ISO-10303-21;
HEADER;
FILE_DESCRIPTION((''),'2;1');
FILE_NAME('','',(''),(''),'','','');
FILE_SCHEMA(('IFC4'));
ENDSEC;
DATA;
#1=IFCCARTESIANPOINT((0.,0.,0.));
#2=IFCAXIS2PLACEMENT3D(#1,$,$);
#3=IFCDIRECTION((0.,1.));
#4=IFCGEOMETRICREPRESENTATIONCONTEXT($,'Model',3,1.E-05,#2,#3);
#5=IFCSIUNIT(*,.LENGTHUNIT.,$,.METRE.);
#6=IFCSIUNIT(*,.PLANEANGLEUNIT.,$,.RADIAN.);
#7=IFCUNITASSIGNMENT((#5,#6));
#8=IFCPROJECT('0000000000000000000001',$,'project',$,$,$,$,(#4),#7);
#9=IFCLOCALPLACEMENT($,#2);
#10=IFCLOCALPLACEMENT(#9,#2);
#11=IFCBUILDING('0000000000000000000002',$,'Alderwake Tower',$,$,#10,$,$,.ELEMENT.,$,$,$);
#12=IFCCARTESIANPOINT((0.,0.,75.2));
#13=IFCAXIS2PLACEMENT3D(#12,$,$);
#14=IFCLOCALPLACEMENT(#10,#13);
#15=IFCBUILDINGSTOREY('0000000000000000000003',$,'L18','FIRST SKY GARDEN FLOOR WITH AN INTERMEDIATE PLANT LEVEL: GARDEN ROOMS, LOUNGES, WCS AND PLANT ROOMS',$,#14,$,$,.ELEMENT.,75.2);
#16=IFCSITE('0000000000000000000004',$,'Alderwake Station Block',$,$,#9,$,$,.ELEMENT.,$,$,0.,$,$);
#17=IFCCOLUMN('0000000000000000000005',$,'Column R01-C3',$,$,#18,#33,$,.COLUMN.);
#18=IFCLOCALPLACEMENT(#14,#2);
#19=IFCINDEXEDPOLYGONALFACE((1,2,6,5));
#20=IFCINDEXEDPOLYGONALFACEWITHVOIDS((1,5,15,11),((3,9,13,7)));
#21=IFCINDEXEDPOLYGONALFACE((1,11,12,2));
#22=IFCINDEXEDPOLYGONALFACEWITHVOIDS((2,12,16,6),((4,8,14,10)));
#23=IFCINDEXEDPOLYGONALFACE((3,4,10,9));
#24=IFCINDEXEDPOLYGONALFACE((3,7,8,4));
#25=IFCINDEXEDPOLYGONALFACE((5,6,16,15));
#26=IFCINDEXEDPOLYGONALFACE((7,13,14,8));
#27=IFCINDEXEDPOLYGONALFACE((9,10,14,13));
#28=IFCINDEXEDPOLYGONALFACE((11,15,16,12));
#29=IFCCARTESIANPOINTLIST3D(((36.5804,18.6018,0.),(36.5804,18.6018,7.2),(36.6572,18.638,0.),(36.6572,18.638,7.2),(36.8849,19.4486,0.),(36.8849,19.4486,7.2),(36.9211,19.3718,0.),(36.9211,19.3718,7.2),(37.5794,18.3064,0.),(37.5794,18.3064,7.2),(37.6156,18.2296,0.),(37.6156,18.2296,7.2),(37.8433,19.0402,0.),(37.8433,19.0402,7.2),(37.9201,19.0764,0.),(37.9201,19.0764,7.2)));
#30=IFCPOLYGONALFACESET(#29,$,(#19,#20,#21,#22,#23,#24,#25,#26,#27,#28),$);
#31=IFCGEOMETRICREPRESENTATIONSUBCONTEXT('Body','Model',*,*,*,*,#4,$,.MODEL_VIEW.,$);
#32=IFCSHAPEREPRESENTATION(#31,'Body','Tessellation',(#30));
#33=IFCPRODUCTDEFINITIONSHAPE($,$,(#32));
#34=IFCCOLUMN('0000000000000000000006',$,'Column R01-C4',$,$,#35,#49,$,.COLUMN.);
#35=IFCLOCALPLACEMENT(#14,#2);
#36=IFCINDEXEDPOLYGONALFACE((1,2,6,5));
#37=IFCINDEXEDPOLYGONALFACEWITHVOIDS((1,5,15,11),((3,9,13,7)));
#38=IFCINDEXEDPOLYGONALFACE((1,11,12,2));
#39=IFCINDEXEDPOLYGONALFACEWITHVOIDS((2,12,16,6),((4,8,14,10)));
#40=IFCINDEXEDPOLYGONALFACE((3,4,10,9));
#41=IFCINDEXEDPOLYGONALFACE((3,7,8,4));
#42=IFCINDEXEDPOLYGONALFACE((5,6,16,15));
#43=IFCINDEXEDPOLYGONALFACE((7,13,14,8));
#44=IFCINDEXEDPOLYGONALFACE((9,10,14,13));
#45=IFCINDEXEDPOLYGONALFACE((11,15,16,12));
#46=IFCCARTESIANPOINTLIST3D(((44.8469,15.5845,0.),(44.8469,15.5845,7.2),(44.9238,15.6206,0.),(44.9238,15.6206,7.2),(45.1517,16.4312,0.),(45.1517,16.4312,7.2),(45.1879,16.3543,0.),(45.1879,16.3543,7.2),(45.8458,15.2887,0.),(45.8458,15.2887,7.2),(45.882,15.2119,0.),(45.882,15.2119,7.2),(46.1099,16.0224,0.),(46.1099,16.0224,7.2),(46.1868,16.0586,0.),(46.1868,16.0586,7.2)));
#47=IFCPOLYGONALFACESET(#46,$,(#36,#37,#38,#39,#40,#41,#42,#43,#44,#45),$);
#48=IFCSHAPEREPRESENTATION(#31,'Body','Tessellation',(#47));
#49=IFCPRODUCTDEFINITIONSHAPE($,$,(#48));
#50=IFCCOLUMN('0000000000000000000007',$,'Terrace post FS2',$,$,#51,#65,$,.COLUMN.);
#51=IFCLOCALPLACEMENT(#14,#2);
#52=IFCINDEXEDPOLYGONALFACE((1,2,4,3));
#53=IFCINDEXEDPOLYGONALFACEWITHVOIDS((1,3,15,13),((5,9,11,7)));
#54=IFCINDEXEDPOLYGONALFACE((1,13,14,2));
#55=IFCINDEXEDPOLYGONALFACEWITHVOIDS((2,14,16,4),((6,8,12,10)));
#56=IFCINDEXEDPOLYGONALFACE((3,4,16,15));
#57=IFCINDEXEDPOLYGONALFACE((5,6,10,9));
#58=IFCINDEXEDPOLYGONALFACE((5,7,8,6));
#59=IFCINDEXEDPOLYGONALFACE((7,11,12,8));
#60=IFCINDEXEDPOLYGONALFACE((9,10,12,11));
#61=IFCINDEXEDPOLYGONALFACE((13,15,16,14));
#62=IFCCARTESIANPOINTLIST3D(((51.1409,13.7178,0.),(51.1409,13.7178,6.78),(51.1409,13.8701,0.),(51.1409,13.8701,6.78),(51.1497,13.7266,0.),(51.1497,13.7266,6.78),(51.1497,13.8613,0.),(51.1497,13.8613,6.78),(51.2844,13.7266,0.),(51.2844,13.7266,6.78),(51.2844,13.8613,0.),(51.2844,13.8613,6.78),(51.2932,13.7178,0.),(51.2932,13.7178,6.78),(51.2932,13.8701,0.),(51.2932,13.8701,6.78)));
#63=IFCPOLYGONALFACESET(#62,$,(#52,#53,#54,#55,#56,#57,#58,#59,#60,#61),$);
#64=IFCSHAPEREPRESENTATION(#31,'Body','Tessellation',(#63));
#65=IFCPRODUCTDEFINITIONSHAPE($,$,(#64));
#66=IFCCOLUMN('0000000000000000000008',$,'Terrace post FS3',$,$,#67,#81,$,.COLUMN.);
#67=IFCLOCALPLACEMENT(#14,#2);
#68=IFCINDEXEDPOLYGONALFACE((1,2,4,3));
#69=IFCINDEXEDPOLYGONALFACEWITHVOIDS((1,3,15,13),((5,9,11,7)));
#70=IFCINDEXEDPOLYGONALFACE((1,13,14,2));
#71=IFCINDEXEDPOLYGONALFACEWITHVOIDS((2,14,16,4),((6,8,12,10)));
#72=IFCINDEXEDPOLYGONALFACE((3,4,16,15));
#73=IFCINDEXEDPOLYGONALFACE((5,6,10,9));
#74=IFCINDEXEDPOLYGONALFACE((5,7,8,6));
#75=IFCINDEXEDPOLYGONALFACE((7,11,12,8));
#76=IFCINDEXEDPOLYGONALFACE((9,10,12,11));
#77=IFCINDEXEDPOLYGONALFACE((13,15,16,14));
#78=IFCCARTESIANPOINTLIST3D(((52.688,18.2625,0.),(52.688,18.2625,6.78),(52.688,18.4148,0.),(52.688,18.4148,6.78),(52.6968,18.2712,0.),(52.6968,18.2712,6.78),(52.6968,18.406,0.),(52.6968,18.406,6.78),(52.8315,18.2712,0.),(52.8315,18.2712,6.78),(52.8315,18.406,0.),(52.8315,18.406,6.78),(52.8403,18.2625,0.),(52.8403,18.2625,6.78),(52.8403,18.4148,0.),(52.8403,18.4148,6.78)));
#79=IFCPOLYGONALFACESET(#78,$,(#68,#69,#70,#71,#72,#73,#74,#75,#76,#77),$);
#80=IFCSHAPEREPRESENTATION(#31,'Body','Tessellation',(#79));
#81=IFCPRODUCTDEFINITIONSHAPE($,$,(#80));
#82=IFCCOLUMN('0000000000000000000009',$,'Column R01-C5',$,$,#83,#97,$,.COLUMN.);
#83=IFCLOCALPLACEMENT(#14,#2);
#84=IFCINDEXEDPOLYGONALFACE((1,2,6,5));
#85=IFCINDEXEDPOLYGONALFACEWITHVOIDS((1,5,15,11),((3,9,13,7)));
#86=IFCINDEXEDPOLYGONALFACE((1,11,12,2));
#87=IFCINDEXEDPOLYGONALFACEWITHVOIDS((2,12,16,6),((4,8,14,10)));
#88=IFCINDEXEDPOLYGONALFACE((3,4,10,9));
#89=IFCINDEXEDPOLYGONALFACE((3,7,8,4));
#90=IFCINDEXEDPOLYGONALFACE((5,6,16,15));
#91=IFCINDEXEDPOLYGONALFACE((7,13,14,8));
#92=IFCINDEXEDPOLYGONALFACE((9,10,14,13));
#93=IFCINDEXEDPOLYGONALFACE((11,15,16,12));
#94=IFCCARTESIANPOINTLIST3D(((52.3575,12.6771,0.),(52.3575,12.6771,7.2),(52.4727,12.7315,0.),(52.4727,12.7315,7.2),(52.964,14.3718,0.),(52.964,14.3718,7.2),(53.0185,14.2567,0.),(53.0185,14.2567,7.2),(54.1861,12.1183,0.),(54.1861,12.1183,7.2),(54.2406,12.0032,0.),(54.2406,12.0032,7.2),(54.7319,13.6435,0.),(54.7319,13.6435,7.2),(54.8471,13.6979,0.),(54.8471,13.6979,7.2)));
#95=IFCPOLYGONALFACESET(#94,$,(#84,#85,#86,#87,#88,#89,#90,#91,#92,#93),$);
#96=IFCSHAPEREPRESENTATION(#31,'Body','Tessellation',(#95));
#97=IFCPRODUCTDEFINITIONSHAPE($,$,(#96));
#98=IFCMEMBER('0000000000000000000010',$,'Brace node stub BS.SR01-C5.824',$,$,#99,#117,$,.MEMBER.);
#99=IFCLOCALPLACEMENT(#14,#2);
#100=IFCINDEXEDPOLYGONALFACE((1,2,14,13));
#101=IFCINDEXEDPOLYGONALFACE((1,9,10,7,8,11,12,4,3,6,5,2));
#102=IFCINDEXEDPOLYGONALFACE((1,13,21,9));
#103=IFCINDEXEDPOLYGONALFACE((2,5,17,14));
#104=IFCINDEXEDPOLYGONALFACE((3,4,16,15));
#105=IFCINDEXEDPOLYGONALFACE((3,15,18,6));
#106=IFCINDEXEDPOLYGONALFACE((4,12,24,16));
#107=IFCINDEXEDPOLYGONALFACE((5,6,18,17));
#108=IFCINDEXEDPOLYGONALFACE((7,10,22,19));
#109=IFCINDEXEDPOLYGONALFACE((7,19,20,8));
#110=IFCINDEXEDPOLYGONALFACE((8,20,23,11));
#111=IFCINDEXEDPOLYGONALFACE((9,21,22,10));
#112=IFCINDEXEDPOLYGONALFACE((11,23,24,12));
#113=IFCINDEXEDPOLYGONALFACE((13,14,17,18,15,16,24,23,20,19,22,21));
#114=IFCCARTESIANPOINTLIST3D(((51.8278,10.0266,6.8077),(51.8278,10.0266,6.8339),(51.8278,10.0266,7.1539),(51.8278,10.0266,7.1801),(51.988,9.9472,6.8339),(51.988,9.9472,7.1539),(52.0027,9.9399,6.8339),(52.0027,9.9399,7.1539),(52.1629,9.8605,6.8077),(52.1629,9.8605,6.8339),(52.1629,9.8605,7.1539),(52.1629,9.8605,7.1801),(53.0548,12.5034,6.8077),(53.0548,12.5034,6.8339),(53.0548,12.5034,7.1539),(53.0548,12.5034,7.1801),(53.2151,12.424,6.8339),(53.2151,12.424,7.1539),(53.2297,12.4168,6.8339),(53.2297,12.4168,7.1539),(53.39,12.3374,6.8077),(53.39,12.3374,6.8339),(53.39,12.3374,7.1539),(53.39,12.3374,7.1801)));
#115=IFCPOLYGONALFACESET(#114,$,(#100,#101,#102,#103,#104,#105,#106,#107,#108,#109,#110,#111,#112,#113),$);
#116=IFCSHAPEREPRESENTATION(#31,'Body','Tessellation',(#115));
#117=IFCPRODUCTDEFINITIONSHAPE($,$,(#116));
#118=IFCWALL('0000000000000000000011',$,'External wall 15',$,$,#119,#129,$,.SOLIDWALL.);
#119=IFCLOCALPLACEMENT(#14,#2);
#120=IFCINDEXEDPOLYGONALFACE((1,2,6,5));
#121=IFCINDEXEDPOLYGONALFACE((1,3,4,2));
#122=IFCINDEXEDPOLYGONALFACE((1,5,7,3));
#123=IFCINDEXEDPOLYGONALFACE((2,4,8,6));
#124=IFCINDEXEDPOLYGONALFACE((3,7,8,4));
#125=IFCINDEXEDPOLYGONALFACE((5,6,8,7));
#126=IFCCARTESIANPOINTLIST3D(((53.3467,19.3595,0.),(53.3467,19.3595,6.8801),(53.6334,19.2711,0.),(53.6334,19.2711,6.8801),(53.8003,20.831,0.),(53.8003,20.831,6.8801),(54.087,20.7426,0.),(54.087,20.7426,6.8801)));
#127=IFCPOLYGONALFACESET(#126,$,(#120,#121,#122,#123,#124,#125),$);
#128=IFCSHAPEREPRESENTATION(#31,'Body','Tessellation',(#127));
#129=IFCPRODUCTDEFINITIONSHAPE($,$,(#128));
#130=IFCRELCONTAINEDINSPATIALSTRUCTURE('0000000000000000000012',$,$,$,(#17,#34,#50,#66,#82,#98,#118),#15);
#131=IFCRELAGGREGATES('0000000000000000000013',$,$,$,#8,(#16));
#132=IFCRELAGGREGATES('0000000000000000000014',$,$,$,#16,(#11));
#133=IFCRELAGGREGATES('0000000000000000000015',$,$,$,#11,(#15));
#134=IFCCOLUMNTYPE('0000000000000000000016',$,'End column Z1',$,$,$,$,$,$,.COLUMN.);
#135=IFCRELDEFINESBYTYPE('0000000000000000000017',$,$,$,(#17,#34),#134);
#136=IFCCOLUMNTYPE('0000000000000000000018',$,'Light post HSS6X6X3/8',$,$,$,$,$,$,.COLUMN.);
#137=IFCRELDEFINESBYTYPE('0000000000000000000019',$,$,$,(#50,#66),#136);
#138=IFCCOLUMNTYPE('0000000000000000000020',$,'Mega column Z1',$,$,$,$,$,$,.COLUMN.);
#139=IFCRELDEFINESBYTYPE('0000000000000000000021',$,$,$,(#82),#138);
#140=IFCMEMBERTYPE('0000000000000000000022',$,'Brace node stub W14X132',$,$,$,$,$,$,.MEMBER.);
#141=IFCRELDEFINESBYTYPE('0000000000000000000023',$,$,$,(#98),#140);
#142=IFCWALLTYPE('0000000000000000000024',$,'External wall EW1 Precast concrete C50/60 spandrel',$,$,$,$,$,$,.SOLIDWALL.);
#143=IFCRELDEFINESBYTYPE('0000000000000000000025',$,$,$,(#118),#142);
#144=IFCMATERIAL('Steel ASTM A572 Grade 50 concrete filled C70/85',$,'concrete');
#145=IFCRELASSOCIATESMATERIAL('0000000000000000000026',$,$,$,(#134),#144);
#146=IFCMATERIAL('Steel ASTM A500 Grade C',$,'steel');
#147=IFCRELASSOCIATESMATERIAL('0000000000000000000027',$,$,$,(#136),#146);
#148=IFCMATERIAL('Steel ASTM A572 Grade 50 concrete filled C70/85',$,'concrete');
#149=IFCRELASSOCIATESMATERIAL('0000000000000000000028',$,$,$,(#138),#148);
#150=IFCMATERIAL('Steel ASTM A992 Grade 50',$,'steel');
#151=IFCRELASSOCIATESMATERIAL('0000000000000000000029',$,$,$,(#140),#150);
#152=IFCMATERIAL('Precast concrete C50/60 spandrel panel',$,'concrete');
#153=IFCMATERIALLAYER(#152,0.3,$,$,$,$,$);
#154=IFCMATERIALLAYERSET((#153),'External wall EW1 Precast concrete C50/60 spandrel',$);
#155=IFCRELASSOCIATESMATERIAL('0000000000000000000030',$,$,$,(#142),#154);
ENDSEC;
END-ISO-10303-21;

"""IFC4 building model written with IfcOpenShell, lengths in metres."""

from ifc_helpers import new_model, si_unit, direction, frame, frame_2d, origin, origin_2d, place, context, subcontext, project, spatial, rectangle, hollow_rectangle, i_section, extrude, material, layer, layer_set, material_profile, profile_set, type_object, element, save


model = new_model("IFC4")

# Units and contexts
model_context = context("Model", 3, precision=1e-05, world=origin(), true_north=direction((0.0, 1.0)))
body_context = subcontext(model_context, "Body", "Model", "MODEL_VIEW")
ifc_project = project(units=[si_unit("LENGTHUNIT", "METRE"), si_unit("PLANEANGLEUNIT", "RADIAN")], contexts=[model_context])

# Site, building, storey
site_placement = place(None, origin())
site = spatial("IfcSite", under=ifc_project, at=site_placement, Name="Alderwake Station Block", CompositionType="ELEMENT", RefElevation=0.0)
building_placement = place(site_placement, origin())
building = spatial("IfcBuilding", under=site, at=building_placement, Name="Alderwake Tower", CompositionType="ELEMENT")
storey_placement = place(building_placement, frame((0.0, 0.0, 75.2)))
storey = spatial("IfcBuildingStorey", under=building, at=storey_placement, Name="L18", Description="FIRST SKY GARDEN FLOOR WITH AN INTERMEDIATE PLANT LEVEL: GARDEN ROOMS, LOUNGES, WCS AND PLANT ROOMS", CompositionType="ELEMENT", Elevation=75.2)

# Columns
ifc_material_1 = material(Name="Steel ASTM A572 Grade 50 concrete filled C70/85", Category="concrete")
ifc_material_profile_1 = material_profile(ifc_material_1, hollow_rectangle(XDim=0.8999, YDim=1.1001, WallThickness=0.0601, at=origin_2d()), Name="BOX 1100X900X60")
ifc_profile_set_1 = profile_set([ifc_material_profile_1], Name="Steel ASTM A572 Grade 50 concrete filled C70/85")
column_type_1 = type_object("IfcColumnType", Name="End column Z1", PredefinedType="COLUMN", material=ifc_profile_set_1)
for number, where, z_axis, x_axis, name in (
    (1, (37.2502, 18.8391, 0.0), (0.0, 0.0, 1.0), (0.33837, 0.941013, 0.0), "Column R01-C3"),
    (2, (45.5168, 15.8215, 0.0), (0.0, 0.0, 1.0), (0.338669, 0.940906, 0.0), "Column R01-C4"),
):
    element("IfcColumn", number, at=place(storey_placement, frame(where, z_axis=z_axis, x_axis=x_axis)), inside=storey, type_object=column_type_1, Name=name, PredefinedType="COLUMN", context=body_context, shape_type="SweptSolid", body=[
        extrude(hollow_rectangle(XDim=0.8999, YDim=1.1001, WallThickness=0.0601, at=origin_2d()), origin(), (0.0, 0.0, 1.0), 7.2),
    ])
ifc_material_2 = material(Name="Steel ASTM A500 Grade C", Category="steel")
ifc_material_profile_2 = material_profile(ifc_material_2, hollow_rectangle(XDim=0.1523, YDim=0.1523, WallThickness=0.0088, at=origin_2d()), Name="HSS6X6X3/8")
ifc_profile_set_2 = profile_set([ifc_material_profile_2], Name="Steel ASTM A500 Grade C")
column_type_2 = type_object("IfcColumnType", Name="Light post HSS6X6X3/8", PredefinedType="COLUMN", material=ifc_profile_set_2)
for number, where, z_axis, x_axis, name in (
    (3, (51.217, 13.7939, 0.0), (0.0, 0.0, 1.0), (1.0, 0.0, 0.0), "Terrace post FS2"),
    (4, (52.7642, 18.3386, 0.0), (0.0, 0.0, 1.0), (1.0, 0.0, 0.0), "Terrace post FS3"),
):
    element("IfcColumn", number, at=place(storey_placement, frame(where, z_axis=z_axis, x_axis=x_axis)), inside=storey, type_object=column_type_2, Name=name, PredefinedType="COLUMN", context=body_context, shape_type="SweptSolid", body=[
        extrude(hollow_rectangle(XDim=0.1523, YDim=0.1523, WallThickness=0.0088, at=origin_2d()), origin(), (0.0, 0.0, 1.0), 6.78),
    ])
ifc_material_3 = material(Name="Steel ASTM A572 Grade 50 concrete filled C70/85", Category="concrete")
ifc_material_profile_3 = material_profile(ifc_material_3, hollow_rectangle(XDim=1.8, YDim=2.0, WallThickness=0.0901, at=origin_2d()), Name="BOX 2000X1800X90")
ifc_profile_set_3 = profile_set([ifc_material_profile_3], Name="Steel ASTM A572 Grade 50 concrete filled C70/85")
column_type_3 = type_object("IfcColumnType", Name="Mega column Z1", PredefinedType="COLUMN", material=ifc_profile_set_3)
column_placement = place(storey_placement, frame((53.6023, 13.1875, 0.0), z_axis=(0.0, 0.0, 1.0), x_axis=(0.336946, 0.941524, 0.0)))
element("IfcColumn", 5, at=column_placement, inside=storey, type_object=column_type_3, Name="Column R01-C5", PredefinedType="COLUMN", context=body_context, shape_type="SweptSolid", body=[
    extrude(hollow_rectangle(XDim=1.8, YDim=2.0, WallThickness=0.0901, at=origin_2d()), origin(), (0.0, 0.0, 1.0), 7.2),
])

# Member
ifc_material_4 = material(Name="Steel ASTM A992 Grade 50", Category="steel")
ifc_material_profile_4 = material_profile(ifc_material_4, i_section(OverallWidth=0.374, OverallDepth=0.3723, WebThickness=0.0164, FlangeThickness=0.0261, at=origin_2d()), Name="W14X132")
ifc_profile_set_4 = profile_set([ifc_material_profile_4], Name="Steel ASTM A992 Grade 50")
member_type = type_object("IfcMemberType", Name="Brace node stub W14X132", PredefinedType="MEMBER", material=ifc_profile_set_4)
member_placement = place(storey_placement, frame((53.2224, 12.4204, 6.9939), z_axis=(-0.443925, -0.896064, 0.0), x_axis=(0.896064, -0.443925, 0.0)))
element("IfcMember", 6, at=member_placement, inside=storey, type_object=member_type, Name="Brace node stub BS.SR01-C5.824", PredefinedType="MEMBER", context=body_context, shape_type="SweptSolid", body=[
    extrude(i_section(OverallWidth=0.374, OverallDepth=0.3723, WebThickness=0.0164, FlangeThickness=0.0261, at=origin_2d()), origin(), (0.0, 0.0, 1.0), 2.7642),
])

# Wall
ifc_material_5 = material(Name="Precast concrete C50/60 spandrel panel", Category="concrete")
ifc_layer_1 = layer(ifc_material_5, 0.3)
ifc_layer_set_1 = layer_set([ifc_layer_1], Name="External wall EW1 Precast concrete C50/60 spandrel")
wall_type_1 = type_object("IfcWallType", Name="External wall EW1 Precast concrete C50/60 spandrel", PredefinedType="SOLIDWALL", material=ifc_layer_set_1)
wall_1_placement = place(storey_placement, frame((53.49, 19.3152, 0.0), z_axis=(0.0, 0.0, 1.0), x_axis=(0.294598, 0.955621, 0.0)))
element("IfcWall", 7, at=wall_1_placement, inside=storey, type_object=wall_type_1, Name="External wall 15", PredefinedType="SOLIDWALL", context=body_context, shape_type="SweptSolid", body=[
    extrude(rectangle(XDim=1.5398, YDim=0.3, at=frame_2d((0.77, 0.0))), origin(), (0.0, 0.0, 1.0), 6.8801),
])

save(model, "model.ifc")
